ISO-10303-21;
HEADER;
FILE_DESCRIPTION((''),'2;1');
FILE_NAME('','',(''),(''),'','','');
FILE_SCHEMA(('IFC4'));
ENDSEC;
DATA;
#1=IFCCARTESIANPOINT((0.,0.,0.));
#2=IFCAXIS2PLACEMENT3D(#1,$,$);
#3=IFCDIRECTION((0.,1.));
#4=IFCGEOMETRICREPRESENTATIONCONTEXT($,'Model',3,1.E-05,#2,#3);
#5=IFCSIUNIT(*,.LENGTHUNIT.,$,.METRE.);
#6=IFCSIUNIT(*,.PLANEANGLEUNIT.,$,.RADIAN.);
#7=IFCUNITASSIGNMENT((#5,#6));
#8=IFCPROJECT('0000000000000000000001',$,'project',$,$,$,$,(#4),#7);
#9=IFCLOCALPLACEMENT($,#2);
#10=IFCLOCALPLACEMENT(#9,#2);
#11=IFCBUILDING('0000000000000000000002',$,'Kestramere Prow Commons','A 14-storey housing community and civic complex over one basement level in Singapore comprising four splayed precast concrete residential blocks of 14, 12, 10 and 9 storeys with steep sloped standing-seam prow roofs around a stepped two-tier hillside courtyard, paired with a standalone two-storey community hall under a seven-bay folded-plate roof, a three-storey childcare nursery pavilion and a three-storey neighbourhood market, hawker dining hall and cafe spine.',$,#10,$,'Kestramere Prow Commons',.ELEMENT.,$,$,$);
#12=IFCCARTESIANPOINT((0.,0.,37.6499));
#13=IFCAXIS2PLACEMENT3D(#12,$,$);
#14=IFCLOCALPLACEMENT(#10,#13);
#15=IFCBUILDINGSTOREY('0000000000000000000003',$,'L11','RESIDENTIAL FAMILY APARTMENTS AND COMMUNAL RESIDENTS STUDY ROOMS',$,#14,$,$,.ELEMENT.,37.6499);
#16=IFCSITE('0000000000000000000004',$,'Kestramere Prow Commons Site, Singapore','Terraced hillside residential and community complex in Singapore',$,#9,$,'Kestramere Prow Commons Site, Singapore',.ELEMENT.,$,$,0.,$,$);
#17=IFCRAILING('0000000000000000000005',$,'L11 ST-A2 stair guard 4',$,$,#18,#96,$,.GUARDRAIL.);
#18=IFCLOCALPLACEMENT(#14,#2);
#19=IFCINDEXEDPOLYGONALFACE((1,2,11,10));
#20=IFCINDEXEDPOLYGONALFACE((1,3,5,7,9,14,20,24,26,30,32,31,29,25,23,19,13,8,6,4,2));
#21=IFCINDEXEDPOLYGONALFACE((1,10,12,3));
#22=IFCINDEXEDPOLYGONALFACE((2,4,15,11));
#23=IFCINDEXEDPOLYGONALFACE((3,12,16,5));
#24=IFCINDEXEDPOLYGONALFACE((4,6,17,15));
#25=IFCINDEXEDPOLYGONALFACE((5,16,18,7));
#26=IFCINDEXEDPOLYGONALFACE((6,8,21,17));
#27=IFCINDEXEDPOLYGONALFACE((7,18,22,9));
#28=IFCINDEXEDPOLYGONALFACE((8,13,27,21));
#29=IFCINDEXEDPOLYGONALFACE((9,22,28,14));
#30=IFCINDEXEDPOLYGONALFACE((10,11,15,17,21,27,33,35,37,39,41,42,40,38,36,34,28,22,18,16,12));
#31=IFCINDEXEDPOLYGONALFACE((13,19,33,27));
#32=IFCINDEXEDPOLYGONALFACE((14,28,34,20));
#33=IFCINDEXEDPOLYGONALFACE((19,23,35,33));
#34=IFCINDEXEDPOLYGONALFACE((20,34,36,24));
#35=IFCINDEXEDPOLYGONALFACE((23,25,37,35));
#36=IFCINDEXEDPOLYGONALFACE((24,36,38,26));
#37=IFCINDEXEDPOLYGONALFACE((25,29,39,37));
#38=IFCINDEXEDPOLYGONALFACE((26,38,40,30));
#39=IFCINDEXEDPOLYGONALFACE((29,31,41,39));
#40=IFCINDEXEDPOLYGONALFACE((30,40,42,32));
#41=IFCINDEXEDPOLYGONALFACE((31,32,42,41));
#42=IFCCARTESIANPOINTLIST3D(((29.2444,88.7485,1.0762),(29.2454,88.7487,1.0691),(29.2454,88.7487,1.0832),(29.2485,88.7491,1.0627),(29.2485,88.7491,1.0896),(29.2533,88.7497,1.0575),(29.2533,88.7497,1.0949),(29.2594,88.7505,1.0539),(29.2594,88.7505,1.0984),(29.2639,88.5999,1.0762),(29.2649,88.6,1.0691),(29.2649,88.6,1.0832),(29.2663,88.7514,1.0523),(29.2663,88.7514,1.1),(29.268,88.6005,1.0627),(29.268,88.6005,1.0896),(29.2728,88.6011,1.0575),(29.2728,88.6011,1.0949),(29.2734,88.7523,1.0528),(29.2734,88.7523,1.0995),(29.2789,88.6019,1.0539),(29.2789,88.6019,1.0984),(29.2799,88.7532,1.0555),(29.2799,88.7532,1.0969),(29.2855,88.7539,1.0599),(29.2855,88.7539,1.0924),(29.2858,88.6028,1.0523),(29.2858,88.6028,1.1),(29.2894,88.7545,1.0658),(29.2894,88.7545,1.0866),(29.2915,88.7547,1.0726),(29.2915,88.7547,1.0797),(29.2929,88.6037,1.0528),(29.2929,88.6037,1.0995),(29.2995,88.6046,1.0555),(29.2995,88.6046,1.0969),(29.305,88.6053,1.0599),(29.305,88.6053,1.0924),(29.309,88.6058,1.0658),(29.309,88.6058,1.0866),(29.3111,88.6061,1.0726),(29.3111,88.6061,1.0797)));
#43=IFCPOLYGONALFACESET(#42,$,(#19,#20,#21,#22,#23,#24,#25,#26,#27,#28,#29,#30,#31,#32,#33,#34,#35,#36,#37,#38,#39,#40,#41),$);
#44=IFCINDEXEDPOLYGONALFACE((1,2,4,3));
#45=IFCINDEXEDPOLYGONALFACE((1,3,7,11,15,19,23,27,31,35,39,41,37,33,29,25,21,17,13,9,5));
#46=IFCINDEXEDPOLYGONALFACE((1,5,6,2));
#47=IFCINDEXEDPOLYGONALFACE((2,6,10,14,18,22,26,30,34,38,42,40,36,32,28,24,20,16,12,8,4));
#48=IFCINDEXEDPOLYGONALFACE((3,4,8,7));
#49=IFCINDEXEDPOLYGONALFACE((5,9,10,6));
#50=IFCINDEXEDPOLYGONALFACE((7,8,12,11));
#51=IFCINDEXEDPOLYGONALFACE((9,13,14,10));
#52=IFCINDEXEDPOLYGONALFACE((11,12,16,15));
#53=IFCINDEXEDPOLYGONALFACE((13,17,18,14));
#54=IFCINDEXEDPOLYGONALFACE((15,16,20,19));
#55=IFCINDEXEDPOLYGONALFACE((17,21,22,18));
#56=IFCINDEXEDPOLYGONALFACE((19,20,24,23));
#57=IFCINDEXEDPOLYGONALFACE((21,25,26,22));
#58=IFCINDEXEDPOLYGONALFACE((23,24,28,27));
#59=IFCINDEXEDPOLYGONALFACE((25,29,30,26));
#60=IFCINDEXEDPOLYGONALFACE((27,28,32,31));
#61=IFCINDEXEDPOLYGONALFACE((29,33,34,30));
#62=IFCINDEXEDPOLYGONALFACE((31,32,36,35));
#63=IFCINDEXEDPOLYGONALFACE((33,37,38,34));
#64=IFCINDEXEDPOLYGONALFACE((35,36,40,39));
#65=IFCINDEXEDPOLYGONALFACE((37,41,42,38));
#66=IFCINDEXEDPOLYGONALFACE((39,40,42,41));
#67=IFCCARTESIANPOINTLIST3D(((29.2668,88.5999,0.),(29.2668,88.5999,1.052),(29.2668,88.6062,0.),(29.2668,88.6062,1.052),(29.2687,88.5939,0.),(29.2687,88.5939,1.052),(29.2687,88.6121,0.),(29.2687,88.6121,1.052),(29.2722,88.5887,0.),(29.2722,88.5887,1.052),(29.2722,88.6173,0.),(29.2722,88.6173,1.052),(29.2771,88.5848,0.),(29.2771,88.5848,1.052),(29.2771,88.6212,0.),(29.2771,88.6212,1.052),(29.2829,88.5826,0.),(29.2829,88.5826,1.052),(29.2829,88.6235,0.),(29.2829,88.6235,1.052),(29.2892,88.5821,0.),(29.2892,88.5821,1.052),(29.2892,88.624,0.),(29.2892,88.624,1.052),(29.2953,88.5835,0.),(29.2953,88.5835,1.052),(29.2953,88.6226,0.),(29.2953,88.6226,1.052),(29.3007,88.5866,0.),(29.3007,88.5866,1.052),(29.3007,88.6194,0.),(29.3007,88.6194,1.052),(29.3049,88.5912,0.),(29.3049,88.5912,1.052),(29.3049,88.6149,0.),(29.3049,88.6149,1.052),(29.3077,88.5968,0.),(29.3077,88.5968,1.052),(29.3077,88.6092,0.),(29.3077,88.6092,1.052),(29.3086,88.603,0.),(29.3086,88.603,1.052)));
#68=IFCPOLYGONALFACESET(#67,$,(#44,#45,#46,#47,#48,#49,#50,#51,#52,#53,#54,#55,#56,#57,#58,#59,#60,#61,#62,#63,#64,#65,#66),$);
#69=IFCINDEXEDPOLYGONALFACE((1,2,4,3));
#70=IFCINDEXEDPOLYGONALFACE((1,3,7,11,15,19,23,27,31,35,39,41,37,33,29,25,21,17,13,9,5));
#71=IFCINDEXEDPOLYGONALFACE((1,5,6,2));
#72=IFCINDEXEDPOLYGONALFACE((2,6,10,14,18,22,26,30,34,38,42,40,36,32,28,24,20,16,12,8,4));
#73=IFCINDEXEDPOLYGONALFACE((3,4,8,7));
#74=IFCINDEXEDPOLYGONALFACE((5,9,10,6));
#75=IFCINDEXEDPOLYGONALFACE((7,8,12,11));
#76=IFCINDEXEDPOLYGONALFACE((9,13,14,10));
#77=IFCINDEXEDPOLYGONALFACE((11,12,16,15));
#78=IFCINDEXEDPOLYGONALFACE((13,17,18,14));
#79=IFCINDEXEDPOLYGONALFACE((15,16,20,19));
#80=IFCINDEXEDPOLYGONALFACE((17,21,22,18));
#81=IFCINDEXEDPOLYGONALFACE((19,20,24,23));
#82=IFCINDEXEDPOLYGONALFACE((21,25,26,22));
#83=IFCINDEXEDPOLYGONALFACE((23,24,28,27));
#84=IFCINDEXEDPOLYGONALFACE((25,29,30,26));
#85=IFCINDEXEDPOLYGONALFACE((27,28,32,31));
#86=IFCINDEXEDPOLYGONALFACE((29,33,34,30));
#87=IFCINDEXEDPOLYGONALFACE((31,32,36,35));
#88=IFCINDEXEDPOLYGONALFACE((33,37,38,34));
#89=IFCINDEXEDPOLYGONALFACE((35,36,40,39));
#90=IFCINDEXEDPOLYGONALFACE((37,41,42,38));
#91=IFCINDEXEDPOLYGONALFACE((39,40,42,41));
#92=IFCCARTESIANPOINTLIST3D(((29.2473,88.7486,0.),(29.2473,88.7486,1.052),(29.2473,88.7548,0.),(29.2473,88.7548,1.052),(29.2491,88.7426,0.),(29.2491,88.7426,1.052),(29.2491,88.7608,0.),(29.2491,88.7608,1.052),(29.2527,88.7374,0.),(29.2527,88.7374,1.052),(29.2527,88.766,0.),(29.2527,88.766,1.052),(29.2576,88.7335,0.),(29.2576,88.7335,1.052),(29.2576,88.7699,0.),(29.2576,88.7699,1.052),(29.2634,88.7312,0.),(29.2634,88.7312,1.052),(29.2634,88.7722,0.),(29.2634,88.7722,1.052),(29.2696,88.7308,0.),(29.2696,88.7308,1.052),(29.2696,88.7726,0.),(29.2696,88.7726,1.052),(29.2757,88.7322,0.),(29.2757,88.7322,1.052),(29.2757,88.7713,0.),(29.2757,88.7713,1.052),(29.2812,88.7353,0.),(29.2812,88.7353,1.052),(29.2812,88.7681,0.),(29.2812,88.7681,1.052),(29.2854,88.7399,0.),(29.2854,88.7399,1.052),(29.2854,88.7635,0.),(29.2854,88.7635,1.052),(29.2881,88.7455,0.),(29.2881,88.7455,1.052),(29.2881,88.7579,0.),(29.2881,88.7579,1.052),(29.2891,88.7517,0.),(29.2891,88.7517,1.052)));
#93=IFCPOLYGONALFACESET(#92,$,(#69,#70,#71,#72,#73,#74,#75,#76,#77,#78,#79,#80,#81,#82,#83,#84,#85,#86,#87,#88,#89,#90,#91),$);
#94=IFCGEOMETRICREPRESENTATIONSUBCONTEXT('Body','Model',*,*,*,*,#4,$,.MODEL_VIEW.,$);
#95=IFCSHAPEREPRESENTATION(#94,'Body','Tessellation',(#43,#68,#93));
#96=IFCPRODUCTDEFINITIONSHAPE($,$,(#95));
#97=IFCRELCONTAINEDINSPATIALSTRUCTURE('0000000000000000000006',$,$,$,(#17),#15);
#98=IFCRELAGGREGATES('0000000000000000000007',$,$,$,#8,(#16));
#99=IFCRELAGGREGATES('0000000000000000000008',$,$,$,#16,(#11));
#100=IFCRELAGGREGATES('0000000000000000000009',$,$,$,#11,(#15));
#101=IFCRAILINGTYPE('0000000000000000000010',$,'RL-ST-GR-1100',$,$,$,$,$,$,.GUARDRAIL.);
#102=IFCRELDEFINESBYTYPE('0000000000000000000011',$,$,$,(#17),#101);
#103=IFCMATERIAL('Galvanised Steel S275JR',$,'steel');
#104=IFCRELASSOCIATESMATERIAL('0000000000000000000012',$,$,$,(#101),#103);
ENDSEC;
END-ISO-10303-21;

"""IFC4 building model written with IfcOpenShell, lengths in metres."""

from ifc_helpers import new_model, si_unit, direction, frame, origin, origin_2d, place, context, subcontext, project, spatial, circle, extrude, material, type_object, element, save


model = new_model("IFC4")

# Units and contexts
model_context = context("Model", 3, precision=1e-05, world=origin(), true_north=direction((0.0, 1.0)))
body_context = subcontext(model_context, "Body", "Model", "MODEL_VIEW")
ifc_project = project(units=[si_unit("LENGTHUNIT", "METRE"), si_unit("PLANEANGLEUNIT", "RADIAN")], contexts=[model_context])

# Site, building, storey
site_placement = place(None, origin())
site = spatial("IfcSite", under=ifc_project, at=site_placement, Name="Kestramere Prow Commons Site, Singapore", Description="Terraced hillside residential and community complex in Singapore", LongName="Kestramere Prow Commons Site, Singapore", CompositionType="ELEMENT", RefElevation=0.0)
building_placement = place(site_placement, origin())
building = spatial("IfcBuilding", under=site, at=building_placement, Name="Kestramere Prow Commons", Description="A 14-storey housing community and civic complex over one basement level in Singapore comprising four splayed precast concrete residential blocks of 14, 12, 10 and 9 storeys with steep sloped standing-seam prow roofs around a stepped two-tier hillside courtyard, paired with a standalone two-storey community hall under a seven-bay folded-plate roof, a three-storey childcare nursery pavilion and a three-storey neighbourhood market, hawker dining hall and cafe spine.", LongName="Kestramere Prow Commons", CompositionType="ELEMENT")
storey_placement = place(building_placement, frame((0.0, 0.0, 37.6499)))
storey = spatial("IfcBuildingStorey", under=building, at=storey_placement, Name="L11", Description="RESIDENTIAL FAMILY APARTMENTS AND COMMUNAL RESIDENTS STUDY ROOMS", CompositionType="ELEMENT", Elevation=37.6499)

# Railing
ifc_material_1 = material(Name="Galvanised Steel S275JR", Category="steel")
railing_type_1 = type_object("IfcRailingType", Name="RL-ST-GR-1100", PredefinedType="GUARDRAIL", material=ifc_material_1)
railing_1_placement = place(storey_placement, frame((29.2876, 88.603, 0.0)))
element("IfcRailing", 1, at=railing_1_placement, inside=storey, type_object=railing_type_1, Name="L11 ST-A2 stair guard 4", PredefinedType="GUARDRAIL", context=body_context, shape_type="SweptSolid", body=[
    extrude(circle(Radius=0.0239, at=origin_2d()), frame((0.0, 0.0, 1.0762), z_axis=(-0.130244, 0.991482, 0.0), x_axis=(-0.991482, -0.130244, 0.0)), (0.0, 0.0, 1.0), 0.1499),
    extrude(circle(Radius=0.021, at=origin_2d()), origin(), (0.0, 0.0, 1.0), 1.052),
    extrude(circle(Radius=0.021, at=origin_2d()), frame((-0.0195, 0.1487, 0.0)), (0.0, 0.0, 1.0), 1.052),
])

save(model, "model.ifc")
